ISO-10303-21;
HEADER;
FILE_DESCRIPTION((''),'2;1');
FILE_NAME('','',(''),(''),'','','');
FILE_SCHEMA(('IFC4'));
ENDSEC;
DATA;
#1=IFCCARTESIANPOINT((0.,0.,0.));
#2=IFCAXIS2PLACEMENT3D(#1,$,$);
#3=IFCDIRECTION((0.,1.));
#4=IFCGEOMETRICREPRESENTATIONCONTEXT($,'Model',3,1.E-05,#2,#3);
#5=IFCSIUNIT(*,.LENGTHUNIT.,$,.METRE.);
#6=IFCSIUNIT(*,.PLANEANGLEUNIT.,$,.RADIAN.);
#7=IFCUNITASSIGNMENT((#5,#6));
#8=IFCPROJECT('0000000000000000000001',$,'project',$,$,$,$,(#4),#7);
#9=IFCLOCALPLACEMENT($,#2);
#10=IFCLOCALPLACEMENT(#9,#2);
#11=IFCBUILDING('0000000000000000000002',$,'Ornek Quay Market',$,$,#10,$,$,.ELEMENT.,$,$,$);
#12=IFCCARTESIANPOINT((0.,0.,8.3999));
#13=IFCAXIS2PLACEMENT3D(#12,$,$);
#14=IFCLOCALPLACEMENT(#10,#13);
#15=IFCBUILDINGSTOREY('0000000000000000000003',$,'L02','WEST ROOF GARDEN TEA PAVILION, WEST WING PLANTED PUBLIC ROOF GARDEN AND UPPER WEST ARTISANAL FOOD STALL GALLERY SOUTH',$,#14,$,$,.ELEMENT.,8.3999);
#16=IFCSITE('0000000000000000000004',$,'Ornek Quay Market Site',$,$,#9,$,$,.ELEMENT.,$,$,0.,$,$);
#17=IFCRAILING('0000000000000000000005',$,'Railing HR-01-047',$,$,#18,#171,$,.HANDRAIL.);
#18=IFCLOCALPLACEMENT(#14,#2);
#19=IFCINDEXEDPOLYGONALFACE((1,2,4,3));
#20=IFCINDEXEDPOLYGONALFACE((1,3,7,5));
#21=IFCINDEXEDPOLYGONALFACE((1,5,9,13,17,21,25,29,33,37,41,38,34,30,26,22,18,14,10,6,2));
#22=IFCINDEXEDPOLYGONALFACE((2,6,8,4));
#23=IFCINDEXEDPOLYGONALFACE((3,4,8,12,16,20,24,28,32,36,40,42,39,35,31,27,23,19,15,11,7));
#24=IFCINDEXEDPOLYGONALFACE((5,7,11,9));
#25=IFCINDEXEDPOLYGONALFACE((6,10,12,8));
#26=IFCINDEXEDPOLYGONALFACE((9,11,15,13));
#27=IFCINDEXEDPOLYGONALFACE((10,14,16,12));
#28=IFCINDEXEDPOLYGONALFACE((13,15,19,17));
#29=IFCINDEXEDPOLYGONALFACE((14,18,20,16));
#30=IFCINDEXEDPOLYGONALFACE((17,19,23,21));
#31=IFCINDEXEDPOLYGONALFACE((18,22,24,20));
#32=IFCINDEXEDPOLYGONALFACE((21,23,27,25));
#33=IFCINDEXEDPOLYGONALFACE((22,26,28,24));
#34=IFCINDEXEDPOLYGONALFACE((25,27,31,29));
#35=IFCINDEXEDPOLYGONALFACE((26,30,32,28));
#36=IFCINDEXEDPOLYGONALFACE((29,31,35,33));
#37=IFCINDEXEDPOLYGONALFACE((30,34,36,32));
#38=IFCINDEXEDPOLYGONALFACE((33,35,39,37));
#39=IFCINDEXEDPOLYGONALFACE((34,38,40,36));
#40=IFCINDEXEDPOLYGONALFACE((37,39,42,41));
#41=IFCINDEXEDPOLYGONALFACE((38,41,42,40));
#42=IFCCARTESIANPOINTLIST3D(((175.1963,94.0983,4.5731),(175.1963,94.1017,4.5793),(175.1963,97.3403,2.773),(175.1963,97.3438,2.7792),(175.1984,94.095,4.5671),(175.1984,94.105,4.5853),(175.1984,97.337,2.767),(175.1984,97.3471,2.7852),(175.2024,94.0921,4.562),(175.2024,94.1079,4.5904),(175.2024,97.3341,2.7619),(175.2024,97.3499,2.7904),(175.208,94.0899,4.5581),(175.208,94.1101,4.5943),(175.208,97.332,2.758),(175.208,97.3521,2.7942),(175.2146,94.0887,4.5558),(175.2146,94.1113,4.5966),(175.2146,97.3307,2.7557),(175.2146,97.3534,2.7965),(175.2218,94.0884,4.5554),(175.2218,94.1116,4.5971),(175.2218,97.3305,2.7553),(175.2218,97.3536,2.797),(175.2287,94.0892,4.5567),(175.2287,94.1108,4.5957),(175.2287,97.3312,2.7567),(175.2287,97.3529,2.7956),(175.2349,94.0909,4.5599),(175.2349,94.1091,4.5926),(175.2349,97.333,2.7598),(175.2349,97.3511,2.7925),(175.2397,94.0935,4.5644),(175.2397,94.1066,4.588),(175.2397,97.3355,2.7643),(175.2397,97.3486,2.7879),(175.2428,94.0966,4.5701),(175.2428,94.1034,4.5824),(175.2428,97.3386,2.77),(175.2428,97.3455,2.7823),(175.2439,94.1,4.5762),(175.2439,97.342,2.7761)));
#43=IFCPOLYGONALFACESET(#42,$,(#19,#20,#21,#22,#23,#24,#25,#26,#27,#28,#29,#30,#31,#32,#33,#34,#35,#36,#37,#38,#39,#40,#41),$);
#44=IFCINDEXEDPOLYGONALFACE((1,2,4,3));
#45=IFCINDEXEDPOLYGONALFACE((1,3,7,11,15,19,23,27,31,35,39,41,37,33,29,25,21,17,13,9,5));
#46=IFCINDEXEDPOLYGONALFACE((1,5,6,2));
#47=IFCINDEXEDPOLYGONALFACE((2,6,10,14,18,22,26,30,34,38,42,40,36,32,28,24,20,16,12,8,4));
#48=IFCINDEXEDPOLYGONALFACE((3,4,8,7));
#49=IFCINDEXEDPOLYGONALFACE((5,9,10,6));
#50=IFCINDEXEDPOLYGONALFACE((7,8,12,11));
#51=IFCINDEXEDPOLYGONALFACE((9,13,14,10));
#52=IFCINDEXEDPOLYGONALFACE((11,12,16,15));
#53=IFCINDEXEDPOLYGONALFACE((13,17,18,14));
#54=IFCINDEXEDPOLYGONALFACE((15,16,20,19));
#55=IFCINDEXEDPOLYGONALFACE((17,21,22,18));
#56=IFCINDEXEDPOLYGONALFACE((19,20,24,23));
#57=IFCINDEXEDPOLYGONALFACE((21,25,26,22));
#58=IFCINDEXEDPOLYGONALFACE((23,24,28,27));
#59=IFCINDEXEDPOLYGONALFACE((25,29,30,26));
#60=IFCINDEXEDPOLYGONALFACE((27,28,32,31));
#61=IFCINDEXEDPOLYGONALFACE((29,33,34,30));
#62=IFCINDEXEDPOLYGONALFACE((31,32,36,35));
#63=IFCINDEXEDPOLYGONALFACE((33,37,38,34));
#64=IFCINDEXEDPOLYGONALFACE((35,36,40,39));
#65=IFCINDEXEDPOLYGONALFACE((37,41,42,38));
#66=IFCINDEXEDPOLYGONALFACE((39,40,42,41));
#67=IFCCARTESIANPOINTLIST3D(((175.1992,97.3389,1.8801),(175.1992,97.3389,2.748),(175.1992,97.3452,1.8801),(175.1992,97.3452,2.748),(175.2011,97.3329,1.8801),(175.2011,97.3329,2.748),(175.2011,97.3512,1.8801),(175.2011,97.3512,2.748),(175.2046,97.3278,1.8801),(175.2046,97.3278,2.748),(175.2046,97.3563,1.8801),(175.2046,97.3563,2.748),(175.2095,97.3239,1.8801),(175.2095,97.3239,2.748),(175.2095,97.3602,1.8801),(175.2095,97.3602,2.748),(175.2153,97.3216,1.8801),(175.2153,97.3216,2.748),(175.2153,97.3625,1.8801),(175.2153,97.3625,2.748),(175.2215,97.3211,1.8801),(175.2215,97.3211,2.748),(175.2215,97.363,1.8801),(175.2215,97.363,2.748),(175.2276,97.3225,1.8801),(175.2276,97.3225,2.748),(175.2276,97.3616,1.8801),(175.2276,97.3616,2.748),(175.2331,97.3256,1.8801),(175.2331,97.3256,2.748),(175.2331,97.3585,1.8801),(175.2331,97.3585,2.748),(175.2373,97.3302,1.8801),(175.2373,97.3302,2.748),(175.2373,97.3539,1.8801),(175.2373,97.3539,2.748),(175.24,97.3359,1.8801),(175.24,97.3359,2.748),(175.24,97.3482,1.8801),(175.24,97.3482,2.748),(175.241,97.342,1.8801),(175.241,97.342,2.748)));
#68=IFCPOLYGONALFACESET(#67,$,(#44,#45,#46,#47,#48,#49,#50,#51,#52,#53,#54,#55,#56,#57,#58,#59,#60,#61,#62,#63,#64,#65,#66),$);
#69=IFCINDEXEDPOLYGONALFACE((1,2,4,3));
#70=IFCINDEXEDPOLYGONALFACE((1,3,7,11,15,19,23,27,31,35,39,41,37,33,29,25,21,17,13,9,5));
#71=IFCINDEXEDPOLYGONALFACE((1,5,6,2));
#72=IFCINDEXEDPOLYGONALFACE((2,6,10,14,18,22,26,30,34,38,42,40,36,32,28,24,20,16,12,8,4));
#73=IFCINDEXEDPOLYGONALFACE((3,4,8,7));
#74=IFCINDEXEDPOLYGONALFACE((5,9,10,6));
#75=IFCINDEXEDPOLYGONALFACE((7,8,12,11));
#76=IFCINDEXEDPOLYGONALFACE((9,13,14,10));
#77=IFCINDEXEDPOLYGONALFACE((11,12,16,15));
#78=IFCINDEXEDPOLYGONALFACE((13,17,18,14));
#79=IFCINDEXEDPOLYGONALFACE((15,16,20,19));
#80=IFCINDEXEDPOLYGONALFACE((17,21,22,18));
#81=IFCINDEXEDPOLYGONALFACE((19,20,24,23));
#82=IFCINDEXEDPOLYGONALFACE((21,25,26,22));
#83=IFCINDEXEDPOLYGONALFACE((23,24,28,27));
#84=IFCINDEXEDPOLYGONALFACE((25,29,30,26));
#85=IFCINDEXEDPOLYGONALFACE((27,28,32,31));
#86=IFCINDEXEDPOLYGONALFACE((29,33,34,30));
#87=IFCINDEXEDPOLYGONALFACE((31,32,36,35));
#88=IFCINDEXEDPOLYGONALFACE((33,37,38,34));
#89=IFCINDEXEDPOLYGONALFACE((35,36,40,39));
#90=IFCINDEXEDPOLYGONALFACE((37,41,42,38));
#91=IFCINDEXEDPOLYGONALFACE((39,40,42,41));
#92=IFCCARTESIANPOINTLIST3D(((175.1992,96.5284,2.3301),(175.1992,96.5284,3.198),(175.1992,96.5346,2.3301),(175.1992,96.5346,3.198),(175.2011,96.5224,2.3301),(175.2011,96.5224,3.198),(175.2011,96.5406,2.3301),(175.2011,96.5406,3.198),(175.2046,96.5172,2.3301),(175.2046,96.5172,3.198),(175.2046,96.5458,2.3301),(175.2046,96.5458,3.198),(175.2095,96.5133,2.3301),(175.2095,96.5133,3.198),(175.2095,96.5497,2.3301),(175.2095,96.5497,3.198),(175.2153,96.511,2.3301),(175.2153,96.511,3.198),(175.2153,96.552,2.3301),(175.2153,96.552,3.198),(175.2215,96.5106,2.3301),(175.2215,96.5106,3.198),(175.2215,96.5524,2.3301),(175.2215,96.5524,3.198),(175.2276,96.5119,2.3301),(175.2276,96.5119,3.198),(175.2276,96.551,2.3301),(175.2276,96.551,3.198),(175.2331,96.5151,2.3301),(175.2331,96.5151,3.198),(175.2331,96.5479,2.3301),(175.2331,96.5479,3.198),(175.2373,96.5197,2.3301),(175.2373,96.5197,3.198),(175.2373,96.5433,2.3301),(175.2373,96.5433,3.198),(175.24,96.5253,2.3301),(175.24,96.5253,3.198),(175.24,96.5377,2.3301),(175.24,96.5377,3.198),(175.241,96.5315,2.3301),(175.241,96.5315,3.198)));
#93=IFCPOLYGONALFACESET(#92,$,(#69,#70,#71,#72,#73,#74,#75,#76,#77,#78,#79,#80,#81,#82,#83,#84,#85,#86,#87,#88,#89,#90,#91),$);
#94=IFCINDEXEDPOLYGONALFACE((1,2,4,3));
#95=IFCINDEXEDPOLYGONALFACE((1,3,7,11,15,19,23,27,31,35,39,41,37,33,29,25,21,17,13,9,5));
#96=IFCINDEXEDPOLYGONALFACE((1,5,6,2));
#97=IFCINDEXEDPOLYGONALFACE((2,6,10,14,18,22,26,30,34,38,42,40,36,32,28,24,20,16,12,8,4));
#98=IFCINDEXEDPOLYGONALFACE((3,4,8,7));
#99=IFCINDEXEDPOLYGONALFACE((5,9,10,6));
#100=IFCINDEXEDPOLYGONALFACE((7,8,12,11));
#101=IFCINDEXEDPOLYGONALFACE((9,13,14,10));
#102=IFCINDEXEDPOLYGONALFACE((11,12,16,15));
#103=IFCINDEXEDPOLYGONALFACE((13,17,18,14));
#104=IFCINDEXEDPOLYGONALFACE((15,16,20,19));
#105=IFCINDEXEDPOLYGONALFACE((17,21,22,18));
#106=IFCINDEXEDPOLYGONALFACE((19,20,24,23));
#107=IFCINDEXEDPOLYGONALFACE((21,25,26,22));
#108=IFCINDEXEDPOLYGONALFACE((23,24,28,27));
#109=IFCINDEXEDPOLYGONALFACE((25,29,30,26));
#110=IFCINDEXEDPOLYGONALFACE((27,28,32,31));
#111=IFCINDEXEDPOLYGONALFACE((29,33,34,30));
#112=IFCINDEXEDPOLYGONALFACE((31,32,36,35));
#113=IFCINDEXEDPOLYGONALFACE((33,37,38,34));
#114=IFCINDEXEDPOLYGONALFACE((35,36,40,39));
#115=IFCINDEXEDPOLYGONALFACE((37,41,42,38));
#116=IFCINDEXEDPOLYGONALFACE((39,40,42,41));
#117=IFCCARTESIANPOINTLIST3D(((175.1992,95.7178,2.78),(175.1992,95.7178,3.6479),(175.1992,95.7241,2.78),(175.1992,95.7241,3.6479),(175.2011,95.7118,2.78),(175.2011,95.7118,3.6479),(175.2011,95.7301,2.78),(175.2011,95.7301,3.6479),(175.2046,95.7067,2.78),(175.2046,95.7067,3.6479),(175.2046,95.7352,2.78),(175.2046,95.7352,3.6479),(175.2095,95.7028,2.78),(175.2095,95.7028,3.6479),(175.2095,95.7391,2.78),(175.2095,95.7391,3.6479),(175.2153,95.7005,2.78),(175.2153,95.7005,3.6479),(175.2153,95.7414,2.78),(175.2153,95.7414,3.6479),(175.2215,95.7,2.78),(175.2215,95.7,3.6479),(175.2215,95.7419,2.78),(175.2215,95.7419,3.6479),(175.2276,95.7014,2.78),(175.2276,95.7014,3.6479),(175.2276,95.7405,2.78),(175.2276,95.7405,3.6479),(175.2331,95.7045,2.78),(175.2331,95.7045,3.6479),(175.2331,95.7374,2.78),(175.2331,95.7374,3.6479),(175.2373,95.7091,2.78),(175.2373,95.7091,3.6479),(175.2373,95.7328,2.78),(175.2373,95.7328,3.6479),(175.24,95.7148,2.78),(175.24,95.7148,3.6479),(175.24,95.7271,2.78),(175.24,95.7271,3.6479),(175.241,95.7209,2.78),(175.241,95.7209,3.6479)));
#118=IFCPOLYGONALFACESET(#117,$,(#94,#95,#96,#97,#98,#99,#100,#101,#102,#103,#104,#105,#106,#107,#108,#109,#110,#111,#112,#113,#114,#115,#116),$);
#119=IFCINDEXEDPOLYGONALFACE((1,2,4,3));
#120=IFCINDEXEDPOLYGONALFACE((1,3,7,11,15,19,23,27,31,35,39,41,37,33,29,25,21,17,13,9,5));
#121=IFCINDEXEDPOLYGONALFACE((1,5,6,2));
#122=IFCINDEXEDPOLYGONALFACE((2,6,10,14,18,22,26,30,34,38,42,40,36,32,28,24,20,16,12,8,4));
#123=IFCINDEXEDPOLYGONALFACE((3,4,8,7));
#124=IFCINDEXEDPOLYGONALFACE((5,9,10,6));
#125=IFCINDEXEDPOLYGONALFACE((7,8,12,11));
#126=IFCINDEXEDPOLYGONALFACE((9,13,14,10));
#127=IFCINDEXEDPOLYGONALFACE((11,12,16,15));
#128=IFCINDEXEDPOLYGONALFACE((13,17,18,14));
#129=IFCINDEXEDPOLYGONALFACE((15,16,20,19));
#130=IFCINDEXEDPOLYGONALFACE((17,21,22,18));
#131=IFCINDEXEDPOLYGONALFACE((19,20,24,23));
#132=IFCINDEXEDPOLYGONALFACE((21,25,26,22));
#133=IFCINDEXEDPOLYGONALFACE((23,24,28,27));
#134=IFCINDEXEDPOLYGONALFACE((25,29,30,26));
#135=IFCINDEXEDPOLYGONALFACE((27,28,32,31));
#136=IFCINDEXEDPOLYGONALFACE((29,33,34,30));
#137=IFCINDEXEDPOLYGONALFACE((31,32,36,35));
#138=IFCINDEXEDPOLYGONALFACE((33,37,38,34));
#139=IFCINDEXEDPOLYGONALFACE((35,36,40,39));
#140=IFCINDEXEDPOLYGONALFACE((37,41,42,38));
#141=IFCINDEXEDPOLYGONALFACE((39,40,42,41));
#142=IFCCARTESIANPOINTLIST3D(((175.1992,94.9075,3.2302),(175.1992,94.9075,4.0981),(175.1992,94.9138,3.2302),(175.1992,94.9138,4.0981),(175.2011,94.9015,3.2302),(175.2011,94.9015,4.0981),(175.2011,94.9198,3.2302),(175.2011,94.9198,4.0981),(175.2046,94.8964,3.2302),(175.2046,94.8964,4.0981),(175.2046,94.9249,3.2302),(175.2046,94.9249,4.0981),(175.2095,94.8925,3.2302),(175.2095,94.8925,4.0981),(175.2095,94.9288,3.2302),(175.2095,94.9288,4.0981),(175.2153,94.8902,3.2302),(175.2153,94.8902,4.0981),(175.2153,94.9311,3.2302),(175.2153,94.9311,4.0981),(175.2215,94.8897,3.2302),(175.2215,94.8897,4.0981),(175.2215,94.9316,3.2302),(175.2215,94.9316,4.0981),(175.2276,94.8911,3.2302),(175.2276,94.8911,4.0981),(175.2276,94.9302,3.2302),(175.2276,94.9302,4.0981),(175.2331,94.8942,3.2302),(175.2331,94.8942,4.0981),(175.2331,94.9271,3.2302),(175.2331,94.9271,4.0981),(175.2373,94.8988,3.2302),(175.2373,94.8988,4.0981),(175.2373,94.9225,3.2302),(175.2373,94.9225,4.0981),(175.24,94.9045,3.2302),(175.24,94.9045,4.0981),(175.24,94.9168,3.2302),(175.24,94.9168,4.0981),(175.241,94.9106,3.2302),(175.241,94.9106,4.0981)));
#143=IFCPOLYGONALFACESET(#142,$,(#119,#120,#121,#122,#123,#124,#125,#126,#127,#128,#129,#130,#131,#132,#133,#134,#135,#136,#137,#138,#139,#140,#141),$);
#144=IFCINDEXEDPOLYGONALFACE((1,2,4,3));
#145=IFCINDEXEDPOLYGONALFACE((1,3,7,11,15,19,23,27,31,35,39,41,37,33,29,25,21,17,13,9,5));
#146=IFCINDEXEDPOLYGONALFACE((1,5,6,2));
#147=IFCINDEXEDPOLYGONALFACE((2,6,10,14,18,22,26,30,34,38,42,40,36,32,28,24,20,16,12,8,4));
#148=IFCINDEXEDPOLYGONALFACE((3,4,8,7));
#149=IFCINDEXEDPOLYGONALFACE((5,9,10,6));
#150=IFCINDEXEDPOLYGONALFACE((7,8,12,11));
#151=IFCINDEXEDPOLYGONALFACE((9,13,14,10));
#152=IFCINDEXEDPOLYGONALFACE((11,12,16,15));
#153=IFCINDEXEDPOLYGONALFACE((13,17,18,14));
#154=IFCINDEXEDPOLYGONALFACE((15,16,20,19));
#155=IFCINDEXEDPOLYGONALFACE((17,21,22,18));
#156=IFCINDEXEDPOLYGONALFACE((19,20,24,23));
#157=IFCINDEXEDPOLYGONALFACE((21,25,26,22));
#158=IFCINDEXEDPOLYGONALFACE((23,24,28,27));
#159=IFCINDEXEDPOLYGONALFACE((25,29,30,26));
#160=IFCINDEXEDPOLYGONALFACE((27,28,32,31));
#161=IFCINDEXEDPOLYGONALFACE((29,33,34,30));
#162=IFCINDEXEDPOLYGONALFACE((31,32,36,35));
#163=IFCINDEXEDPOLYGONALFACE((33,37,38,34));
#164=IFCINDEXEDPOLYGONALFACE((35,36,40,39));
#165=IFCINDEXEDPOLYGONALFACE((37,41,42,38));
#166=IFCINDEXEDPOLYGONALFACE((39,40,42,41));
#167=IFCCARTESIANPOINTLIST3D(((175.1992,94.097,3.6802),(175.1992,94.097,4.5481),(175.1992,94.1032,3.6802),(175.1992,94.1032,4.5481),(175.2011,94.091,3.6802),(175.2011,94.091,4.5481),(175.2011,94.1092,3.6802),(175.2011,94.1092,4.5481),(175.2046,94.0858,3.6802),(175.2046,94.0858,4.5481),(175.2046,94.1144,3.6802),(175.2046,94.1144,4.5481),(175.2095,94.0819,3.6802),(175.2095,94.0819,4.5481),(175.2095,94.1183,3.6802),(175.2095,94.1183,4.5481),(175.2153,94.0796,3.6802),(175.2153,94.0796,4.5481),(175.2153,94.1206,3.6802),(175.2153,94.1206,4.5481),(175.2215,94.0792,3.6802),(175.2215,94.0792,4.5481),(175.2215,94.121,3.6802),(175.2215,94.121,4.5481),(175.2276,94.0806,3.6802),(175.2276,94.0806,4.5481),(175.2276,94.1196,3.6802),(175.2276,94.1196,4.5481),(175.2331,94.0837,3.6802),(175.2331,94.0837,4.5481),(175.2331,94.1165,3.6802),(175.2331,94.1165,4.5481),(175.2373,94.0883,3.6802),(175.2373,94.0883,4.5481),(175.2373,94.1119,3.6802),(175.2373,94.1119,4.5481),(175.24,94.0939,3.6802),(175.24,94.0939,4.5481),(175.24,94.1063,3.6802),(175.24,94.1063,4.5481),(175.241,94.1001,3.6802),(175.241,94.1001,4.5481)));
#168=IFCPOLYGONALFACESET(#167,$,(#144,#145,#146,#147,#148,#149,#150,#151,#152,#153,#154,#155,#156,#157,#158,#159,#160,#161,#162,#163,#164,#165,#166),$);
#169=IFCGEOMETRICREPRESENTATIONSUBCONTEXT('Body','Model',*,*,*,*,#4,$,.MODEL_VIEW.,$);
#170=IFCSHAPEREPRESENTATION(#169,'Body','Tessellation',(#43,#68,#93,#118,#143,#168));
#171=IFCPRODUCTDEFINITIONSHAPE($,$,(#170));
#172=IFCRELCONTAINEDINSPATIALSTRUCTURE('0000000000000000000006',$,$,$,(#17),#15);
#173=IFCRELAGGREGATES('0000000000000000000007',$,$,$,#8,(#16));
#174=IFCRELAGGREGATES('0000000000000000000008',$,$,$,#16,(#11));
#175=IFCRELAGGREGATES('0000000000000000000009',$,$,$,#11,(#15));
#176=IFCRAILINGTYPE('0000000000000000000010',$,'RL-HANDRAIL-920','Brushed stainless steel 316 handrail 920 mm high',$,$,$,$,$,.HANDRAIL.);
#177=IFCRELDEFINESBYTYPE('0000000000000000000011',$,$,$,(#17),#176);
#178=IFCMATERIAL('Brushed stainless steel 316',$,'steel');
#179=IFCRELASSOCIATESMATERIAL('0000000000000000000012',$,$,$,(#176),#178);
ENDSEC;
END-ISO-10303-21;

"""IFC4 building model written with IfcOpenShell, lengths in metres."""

from ifc_helpers import new_model, si_unit, direction, frame, origin, origin_2d, place, context, subcontext, project, spatial, circle, extrude, material, type_object, element, save


model = new_model("IFC4")

# Units and contexts
model_context = context("Model", 3, precision=1e-05, world=origin(), true_north=direction((0.0, 1.0)))
body_context = subcontext(model_context, "Body", "Model", "MODEL_VIEW")
ifc_project = project(units=[si_unit("LENGTHUNIT", "METRE"), si_unit("PLANEANGLEUNIT", "RADIAN")], contexts=[model_context])

# Site, building, storey
site_placement = place(None, origin())
site = spatial("IfcSite", under=ifc_project, at=site_placement, Name="Ornek Quay Market Site", CompositionType="ELEMENT", RefElevation=0.0)
building_placement = place(site_placement, origin())
building = spatial("IfcBuilding", under=site, at=building_placement, Name="Ornek Quay Market", CompositionType="ELEMENT")
storey_placement = place(building_placement, frame((0.0, 0.0, 8.3999)))
storey = spatial("IfcBuildingStorey", under=building, at=storey_placement, Name="L02", Description="WEST ROOF GARDEN TEA PAVILION, WEST WING PLANTED PUBLIC ROOF GARDEN AND UPPER WEST ARTISANAL FOOD STALL GALLERY SOUTH", CompositionType="ELEMENT", Elevation=8.3999)

# Railing
ifc_material_1 = material(Name="Brushed stainless steel 316", Category="steel")
railing_type_1 = type_object("IfcRailingType", Name="RL-HANDRAIL-920", Description="Brushed stainless steel 316 handrail 920 mm high", PredefinedType="HANDRAIL", material=ifc_material_1)
railing_1_placement = place(storey_placement, frame((175.22, 97.342, 1.8801)))
element("IfcRailing", 1, at=railing_1_placement, inside=storey, type_object=railing_type_1, Name="Railing HR-01-047", PredefinedType="HANDRAIL", context=body_context, shape_type="SweptSolid", body=[
    extrude(circle(Radius=0.0239, at=origin_2d()), frame((0.0, 0.0, 0.896), z_axis=(0.0, -0.874275, 0.48543), x_axis=(1.0, 0.0, 0.0)), (0.0, 0.0, 1.0), 3.7083),
    extrude(circle(Radius=0.021, at=origin_2d()), origin(), (0.0, 0.0, 1.0), 0.8679),
    extrude(circle(Radius=0.021, at=origin_2d()), frame((0.0, -0.8105, 0.45)), (0.0, 0.0, 1.0), 0.8679),
    extrude(circle(Radius=0.021, at=origin_2d()), frame((0.0, -1.6211, 0.8999)), (0.0, 0.0, 1.0), 0.8679),
    extrude(circle(Radius=0.021, at=origin_2d()), frame((0.0, -2.4314, 1.3501)), (0.0, 0.0, 1.0), 0.8679),
    extrude(circle(Radius=0.021, at=origin_2d()), frame((0.0, -3.2419, 1.8)), (0.0, 0.0, 1.0), 0.8679),
])

save(model, "model.ifc")
